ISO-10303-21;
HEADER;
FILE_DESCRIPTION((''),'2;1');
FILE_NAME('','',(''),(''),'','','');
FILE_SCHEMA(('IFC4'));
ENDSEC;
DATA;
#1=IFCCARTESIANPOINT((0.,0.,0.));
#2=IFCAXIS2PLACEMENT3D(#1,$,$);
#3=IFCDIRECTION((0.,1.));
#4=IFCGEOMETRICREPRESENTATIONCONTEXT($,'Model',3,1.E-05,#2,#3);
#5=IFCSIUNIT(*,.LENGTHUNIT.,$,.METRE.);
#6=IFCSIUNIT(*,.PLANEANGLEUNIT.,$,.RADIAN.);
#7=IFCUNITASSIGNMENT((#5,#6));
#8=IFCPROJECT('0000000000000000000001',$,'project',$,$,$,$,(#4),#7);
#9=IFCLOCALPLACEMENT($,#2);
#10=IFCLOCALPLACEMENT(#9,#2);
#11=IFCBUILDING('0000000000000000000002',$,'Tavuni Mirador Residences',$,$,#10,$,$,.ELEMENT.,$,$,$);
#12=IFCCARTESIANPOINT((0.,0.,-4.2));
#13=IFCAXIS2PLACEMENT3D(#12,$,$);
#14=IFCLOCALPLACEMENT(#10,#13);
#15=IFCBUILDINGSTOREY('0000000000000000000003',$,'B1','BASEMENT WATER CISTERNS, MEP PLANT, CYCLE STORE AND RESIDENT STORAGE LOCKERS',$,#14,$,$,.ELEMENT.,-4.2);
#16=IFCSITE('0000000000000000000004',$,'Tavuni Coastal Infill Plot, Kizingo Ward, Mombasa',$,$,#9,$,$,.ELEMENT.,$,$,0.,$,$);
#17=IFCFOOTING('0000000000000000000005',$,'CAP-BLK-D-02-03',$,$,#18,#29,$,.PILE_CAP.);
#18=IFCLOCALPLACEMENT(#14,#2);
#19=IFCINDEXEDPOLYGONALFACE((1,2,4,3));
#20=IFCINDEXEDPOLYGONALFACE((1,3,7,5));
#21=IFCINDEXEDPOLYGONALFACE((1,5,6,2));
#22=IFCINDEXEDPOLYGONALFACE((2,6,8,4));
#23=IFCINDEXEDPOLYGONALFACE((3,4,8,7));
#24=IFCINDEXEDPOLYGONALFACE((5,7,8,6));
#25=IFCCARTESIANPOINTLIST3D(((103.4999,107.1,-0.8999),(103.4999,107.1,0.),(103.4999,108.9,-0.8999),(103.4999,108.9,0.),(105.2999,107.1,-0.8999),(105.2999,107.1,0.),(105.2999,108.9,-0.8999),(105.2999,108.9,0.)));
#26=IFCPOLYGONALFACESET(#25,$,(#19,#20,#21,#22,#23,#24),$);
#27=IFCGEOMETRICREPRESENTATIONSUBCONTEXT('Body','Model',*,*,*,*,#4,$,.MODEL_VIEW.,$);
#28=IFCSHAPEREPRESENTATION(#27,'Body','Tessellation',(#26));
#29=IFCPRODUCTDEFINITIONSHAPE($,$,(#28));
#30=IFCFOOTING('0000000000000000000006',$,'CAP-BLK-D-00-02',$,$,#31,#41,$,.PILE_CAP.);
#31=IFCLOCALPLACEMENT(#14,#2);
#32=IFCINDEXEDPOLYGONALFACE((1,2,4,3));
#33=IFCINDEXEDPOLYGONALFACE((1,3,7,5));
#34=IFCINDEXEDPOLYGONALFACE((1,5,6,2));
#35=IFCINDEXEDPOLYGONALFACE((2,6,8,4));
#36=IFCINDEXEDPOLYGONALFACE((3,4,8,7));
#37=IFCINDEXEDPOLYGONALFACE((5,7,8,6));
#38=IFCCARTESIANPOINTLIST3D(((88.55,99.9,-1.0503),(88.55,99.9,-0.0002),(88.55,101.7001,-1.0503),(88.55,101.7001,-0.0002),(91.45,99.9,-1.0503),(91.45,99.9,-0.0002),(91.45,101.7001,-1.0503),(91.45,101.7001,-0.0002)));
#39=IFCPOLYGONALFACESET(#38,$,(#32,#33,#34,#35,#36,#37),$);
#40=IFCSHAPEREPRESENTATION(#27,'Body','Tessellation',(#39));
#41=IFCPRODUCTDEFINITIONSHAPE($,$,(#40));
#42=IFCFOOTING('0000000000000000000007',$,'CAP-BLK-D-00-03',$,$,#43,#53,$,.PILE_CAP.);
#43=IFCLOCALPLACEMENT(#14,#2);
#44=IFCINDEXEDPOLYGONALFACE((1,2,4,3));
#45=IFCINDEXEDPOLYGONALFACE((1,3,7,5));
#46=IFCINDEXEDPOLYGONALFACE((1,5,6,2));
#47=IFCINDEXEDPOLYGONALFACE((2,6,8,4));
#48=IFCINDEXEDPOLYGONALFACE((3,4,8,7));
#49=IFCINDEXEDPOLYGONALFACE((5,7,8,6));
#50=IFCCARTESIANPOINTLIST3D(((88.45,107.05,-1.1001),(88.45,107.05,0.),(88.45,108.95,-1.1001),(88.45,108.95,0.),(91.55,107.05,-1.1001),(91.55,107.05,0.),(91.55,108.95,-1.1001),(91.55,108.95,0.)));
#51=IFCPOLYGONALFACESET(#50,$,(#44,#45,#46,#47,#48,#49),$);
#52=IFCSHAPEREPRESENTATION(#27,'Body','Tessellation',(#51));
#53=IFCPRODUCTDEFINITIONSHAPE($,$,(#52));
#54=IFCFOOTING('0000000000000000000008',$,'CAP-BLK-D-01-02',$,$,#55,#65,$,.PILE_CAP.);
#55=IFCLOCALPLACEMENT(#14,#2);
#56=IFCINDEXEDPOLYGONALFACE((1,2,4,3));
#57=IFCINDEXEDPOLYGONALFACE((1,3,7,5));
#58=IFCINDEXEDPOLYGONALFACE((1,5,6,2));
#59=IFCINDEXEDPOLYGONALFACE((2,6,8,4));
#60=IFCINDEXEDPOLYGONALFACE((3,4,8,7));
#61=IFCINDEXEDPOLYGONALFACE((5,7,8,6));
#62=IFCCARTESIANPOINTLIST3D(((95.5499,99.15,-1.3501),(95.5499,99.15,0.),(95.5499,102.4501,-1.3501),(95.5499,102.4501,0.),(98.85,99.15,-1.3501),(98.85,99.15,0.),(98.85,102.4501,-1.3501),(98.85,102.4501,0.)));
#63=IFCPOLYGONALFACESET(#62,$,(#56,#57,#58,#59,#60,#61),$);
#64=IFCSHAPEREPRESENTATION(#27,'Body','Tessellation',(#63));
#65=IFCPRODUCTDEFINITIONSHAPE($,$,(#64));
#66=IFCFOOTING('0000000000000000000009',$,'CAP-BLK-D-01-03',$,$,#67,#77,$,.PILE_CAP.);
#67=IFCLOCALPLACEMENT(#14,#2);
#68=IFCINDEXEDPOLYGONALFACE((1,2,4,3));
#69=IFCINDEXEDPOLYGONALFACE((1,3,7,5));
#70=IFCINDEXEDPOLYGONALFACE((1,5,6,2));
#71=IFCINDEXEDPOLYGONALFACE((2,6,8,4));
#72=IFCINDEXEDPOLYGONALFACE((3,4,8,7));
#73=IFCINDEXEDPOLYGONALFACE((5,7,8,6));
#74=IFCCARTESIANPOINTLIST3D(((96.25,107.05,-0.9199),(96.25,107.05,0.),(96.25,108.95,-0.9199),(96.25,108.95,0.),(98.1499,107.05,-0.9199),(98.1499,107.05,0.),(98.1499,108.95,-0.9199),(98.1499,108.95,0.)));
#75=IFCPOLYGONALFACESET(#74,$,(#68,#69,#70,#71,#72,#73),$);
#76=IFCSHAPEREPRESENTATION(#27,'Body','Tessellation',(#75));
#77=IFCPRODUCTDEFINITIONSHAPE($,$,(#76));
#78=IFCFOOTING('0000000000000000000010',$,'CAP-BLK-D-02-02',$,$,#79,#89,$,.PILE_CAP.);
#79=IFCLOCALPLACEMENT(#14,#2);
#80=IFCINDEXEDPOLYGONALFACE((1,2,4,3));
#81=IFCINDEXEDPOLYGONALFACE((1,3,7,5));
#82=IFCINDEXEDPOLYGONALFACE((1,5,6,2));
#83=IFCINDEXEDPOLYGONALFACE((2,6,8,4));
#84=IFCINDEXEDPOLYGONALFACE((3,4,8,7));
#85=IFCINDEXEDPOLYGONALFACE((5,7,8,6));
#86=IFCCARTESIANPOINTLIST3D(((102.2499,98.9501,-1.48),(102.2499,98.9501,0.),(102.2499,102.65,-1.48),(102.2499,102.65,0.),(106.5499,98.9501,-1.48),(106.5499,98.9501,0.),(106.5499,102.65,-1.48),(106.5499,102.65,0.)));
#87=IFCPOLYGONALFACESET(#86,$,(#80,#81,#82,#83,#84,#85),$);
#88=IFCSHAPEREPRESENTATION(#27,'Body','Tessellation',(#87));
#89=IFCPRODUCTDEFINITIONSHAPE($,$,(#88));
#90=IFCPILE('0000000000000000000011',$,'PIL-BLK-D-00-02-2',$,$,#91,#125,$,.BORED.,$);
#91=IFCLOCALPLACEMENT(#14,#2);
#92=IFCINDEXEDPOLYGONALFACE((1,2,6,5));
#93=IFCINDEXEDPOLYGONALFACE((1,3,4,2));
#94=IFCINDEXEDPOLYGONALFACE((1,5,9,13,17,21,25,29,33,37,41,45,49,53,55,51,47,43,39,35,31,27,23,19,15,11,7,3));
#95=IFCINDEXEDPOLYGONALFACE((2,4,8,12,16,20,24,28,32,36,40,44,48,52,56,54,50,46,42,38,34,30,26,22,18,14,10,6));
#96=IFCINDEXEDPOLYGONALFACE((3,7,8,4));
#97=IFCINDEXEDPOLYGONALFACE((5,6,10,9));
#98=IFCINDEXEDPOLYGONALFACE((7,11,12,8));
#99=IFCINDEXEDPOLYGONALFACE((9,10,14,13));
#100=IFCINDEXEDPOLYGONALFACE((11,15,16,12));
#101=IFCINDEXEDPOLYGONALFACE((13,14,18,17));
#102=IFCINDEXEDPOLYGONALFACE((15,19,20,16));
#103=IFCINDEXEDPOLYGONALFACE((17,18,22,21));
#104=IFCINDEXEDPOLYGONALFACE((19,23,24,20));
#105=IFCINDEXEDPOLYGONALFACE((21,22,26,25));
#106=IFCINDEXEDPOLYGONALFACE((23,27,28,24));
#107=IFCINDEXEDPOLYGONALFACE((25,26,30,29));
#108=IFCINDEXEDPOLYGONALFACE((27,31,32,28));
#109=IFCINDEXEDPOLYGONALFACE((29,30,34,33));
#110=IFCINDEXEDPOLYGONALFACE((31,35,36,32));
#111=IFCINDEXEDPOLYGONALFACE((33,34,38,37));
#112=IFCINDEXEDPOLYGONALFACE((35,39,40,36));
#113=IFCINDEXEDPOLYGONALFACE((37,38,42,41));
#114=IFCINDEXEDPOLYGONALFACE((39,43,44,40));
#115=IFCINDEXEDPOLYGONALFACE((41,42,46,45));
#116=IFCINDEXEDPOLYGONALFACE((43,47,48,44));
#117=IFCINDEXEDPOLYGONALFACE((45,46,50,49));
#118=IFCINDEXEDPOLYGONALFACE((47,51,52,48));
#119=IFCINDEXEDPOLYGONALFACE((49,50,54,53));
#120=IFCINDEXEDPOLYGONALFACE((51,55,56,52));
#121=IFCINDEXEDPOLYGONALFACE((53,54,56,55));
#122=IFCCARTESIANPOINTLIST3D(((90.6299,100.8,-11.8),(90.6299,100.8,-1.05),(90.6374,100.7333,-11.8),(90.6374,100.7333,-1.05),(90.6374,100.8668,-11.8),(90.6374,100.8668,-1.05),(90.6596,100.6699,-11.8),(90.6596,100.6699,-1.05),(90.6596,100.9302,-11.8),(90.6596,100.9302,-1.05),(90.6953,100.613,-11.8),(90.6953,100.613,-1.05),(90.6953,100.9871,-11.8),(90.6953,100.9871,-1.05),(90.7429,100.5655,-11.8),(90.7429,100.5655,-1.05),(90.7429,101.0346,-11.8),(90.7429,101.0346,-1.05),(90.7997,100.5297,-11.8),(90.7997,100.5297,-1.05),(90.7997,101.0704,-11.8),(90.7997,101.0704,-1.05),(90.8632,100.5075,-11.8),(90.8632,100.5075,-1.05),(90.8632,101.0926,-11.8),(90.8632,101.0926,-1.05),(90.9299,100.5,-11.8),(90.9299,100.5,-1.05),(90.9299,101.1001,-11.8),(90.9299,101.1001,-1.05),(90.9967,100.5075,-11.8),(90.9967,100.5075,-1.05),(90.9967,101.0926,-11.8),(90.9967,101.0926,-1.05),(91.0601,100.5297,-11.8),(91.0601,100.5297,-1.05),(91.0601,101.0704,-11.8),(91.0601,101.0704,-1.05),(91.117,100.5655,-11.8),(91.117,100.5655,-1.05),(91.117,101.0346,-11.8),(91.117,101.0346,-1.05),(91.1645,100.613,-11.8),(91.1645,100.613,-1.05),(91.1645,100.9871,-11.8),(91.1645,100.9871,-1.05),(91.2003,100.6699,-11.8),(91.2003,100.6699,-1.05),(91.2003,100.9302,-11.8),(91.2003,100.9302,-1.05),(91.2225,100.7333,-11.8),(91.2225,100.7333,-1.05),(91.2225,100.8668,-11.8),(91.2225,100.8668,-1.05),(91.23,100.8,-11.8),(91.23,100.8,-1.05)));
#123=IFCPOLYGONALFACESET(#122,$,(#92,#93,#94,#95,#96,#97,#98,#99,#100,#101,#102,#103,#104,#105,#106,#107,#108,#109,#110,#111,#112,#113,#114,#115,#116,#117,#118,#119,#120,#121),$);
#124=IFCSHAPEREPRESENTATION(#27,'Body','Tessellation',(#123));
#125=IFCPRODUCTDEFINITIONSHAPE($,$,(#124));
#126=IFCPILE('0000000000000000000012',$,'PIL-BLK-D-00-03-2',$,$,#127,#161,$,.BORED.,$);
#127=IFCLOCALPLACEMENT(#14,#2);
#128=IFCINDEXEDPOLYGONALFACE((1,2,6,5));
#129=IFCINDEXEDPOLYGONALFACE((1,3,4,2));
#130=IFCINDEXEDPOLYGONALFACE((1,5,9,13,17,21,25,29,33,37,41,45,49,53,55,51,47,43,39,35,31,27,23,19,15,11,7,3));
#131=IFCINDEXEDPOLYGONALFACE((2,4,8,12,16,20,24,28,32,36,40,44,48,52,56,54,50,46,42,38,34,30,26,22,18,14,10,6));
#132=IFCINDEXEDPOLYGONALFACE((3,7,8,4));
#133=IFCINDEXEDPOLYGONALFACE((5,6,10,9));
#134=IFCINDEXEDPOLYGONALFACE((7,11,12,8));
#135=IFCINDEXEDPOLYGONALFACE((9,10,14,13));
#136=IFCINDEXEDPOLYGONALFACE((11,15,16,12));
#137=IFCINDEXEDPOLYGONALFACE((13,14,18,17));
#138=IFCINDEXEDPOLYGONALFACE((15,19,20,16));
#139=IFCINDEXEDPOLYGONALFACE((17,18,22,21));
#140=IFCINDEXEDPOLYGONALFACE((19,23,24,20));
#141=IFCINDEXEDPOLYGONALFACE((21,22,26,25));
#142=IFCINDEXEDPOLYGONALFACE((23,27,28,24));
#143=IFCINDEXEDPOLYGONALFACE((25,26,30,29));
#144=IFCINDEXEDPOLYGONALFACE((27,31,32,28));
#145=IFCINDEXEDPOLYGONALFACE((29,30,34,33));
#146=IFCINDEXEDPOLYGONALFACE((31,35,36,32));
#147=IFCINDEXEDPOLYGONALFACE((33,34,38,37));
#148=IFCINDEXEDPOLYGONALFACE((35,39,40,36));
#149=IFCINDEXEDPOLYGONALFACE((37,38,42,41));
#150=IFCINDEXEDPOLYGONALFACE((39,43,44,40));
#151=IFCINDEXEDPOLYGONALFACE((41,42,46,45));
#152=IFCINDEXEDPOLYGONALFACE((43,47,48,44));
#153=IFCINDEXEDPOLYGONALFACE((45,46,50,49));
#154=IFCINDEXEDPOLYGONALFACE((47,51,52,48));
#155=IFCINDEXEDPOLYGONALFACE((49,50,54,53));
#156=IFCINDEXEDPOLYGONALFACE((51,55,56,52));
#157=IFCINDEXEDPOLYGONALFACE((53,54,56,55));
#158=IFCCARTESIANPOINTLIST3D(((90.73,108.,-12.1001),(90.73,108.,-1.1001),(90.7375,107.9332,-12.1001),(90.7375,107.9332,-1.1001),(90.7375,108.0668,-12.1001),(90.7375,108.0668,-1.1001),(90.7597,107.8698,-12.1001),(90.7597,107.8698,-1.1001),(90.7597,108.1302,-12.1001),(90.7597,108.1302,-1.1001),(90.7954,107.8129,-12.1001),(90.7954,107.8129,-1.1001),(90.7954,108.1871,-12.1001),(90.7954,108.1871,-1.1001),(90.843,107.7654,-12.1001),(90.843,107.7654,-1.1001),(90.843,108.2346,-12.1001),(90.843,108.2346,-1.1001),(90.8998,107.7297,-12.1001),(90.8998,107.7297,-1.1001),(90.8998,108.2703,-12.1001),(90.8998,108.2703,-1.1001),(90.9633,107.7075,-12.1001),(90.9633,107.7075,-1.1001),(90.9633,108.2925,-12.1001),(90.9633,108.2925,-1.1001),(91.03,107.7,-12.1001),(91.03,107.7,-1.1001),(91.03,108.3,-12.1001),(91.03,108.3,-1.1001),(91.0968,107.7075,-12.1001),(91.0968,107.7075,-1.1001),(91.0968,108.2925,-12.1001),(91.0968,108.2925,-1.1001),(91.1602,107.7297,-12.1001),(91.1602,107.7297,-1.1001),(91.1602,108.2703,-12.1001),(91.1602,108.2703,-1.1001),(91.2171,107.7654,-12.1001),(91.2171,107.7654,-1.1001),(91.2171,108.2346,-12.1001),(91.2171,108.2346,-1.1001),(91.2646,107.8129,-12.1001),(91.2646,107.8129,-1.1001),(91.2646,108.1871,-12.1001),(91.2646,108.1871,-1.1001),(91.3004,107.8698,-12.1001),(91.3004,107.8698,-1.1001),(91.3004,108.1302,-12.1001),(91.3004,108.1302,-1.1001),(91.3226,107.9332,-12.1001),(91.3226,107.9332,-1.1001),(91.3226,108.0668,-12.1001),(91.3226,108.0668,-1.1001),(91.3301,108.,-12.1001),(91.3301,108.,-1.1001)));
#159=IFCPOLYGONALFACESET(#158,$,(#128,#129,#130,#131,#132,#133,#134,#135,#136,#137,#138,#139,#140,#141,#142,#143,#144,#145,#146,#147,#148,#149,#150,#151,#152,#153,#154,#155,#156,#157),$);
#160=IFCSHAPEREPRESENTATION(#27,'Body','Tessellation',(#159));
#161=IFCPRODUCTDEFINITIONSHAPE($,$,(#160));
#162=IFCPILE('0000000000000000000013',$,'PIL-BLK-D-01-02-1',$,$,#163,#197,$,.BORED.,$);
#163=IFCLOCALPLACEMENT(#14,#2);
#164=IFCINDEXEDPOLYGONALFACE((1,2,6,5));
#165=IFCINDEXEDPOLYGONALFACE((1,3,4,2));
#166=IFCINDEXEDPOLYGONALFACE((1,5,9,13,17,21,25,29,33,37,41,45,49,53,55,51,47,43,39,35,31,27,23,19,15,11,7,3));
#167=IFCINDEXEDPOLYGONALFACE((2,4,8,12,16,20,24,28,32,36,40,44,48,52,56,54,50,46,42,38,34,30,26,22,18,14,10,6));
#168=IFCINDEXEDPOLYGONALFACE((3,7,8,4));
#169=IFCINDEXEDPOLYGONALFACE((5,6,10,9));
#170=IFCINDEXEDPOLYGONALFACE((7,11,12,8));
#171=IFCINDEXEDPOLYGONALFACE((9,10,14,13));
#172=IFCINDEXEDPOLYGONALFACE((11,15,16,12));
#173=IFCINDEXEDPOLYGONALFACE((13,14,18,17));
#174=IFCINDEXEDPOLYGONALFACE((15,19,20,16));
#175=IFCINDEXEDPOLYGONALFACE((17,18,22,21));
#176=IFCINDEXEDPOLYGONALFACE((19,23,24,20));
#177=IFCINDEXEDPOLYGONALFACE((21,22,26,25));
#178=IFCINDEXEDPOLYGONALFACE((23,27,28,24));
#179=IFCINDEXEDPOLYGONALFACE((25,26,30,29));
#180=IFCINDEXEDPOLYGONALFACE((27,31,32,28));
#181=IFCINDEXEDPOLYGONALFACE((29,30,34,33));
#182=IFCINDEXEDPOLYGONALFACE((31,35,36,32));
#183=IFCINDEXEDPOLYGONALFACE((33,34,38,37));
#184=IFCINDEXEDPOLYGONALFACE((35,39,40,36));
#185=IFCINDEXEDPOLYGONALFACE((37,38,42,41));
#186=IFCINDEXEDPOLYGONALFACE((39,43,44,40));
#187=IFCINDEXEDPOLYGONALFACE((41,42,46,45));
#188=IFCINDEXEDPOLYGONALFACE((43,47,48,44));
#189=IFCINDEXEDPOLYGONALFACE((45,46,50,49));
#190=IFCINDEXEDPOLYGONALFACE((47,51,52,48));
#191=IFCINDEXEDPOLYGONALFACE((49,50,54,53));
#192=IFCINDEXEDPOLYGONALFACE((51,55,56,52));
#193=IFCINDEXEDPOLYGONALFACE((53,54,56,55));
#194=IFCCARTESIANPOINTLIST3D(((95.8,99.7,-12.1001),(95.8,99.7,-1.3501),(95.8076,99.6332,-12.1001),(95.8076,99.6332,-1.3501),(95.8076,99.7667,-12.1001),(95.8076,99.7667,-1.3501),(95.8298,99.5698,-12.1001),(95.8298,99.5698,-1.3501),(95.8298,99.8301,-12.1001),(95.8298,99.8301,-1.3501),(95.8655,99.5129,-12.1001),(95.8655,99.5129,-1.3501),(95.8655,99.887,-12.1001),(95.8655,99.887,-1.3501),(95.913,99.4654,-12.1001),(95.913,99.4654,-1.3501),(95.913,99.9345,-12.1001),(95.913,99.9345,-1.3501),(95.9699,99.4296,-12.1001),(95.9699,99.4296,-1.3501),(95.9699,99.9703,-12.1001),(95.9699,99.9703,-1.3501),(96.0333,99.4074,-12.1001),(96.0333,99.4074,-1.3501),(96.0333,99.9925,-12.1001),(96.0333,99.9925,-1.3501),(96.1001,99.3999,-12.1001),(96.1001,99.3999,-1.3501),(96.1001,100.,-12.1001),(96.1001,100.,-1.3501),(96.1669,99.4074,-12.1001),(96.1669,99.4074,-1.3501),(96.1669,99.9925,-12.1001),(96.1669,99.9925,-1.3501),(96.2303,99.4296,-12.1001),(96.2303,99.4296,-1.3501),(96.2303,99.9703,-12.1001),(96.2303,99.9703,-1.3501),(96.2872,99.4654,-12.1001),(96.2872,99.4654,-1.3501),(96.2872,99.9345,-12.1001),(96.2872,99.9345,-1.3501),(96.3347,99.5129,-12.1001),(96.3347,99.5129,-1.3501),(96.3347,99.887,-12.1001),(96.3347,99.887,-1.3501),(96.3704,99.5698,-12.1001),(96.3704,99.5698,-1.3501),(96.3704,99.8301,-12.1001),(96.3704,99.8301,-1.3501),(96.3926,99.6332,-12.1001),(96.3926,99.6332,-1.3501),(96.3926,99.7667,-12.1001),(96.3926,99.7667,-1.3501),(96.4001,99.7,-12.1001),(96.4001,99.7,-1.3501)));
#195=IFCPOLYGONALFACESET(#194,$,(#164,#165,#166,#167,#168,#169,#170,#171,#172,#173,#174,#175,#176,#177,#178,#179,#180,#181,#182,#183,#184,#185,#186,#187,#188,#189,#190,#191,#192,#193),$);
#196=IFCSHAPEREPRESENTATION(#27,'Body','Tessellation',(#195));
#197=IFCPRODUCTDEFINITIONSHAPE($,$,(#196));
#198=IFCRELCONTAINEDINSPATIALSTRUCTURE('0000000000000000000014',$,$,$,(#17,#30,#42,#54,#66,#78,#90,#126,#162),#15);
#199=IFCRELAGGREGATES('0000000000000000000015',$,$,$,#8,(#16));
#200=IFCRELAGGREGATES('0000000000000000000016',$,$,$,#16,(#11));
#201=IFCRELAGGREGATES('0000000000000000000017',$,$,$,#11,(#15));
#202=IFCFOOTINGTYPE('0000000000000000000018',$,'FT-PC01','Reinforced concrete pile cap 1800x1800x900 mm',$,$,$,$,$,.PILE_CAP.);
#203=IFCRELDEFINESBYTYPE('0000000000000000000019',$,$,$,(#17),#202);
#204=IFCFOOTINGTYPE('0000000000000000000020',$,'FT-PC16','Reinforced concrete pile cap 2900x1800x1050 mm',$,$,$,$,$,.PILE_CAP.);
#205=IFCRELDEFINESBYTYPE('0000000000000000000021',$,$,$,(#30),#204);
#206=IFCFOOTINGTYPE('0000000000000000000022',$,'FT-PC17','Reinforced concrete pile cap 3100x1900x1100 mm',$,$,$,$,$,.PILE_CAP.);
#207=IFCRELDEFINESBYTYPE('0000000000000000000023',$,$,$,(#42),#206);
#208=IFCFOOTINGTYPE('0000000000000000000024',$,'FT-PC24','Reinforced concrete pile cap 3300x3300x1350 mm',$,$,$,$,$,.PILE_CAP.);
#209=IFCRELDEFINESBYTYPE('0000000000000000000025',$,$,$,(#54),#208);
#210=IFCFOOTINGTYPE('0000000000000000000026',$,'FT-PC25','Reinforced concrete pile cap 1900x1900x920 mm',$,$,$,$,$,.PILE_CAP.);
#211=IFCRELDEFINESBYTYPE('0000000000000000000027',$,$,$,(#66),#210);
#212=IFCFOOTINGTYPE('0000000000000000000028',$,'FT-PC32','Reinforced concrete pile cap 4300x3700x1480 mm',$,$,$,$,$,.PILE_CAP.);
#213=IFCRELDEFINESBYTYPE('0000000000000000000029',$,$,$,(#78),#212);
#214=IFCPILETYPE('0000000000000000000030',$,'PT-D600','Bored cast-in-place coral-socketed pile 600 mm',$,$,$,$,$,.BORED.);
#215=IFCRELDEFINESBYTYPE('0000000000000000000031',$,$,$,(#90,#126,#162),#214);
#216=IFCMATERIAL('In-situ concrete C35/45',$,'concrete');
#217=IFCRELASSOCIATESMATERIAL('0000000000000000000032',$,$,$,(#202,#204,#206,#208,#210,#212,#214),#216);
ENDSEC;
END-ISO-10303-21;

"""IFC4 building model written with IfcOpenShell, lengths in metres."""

from ifc_helpers import new_model, si_unit, direction, frame, origin, origin_2d, place, context, subcontext, project, spatial, rectangle, circle, extrude, material, material_profile, profile_set, type_object, element, save


model = new_model("IFC4")

# Units and contexts
model_context = context("Model", 3, precision=1e-05, world=origin(), true_north=direction((0.0, 1.0)))
body_context = subcontext(model_context, "Body", "Model", "MODEL_VIEW")
ifc_project = project(units=[si_unit("LENGTHUNIT", "METRE"), si_unit("PLANEANGLEUNIT", "RADIAN")], contexts=[model_context])

# Site, building, storey
site_placement = place(None, origin())
site = spatial("IfcSite", under=ifc_project, at=site_placement, Name="Tavuni Coastal Infill Plot, Kizingo Ward, Mombasa", CompositionType="ELEMENT", RefElevation=0.0)
building_placement = place(site_placement, origin())
building = spatial("IfcBuilding", under=site, at=building_placement, Name="Tavuni Mirador Residences", CompositionType="ELEMENT")
storey_placement = place(building_placement, frame((0.0, 0.0, -4.2)))
storey = spatial("IfcBuildingStorey", under=building, at=storey_placement, Name="B1", Description="BASEMENT WATER CISTERNS, MEP PLANT, CYCLE STORE AND RESIDENT STORAGE LOCKERS", CompositionType="ELEMENT", Elevation=-4.2)

# Footings
ifc_material_1 = material(Name="In-situ concrete C35/45", Category="concrete")
footing_type_1 = type_object("IfcFootingType", Name="FT-PC01", Description="Reinforced concrete pile cap 1800x1800x900 mm", PredefinedType="PILE_CAP", material=ifc_material_1)
footing_1_placement = place(storey_placement, frame((104.3999, 108.0, -0.8999), z_axis=(0.0, 0.0, 1.0), x_axis=(1.0, 0.0, 0.0)))
element("IfcFooting", 1, at=footing_1_placement, inside=storey, type_object=footing_type_1, Name="CAP-BLK-D-02-03", PredefinedType="PILE_CAP", context=body_context, shape_type="SweptSolid", body=[
    extrude(rectangle(XDim=1.8, YDim=1.8, at=origin_2d()), origin(), (0.0, 0.0, 1.0), 0.8999),
])
footing_type_2 = type_object("IfcFootingType", Name="FT-PC16", Description="Reinforced concrete pile cap 2900x1800x1050 mm", PredefinedType="PILE_CAP", material=ifc_material_1)
footing_2_placement = place(storey_placement, frame((90.0, 100.8, -1.0503), z_axis=(0.0, 0.0, 1.0), x_axis=(1.0, 0.0, 0.0)))
element("IfcFooting", 2, at=footing_2_placement, inside=storey, type_object=footing_type_2, Name="CAP-BLK-D-00-02", PredefinedType="PILE_CAP", context=body_context, shape_type="SweptSolid", body=[
    extrude(rectangle(XDim=2.8999, YDim=1.8, at=origin_2d()), origin(), (0.0, 0.0, 1.0), 1.05),
])
footing_type_3 = type_object("IfcFootingType", Name="FT-PC17", Description="Reinforced concrete pile cap 3100x1900x1100 mm", PredefinedType="PILE_CAP", material=ifc_material_1)
footing_3_placement = place(storey_placement, frame((90.0, 108.0, -1.1001), z_axis=(0.0, 0.0, 1.0), x_axis=(1.0, 0.0, 0.0)))
element("IfcFooting", 3, at=footing_3_placement, inside=storey, type_object=footing_type_3, Name="CAP-BLK-D-00-03", PredefinedType="PILE_CAP", context=body_context, shape_type="SweptSolid", body=[
    extrude(rectangle(XDim=3.1001, YDim=1.8999, at=origin_2d()), origin(), (0.0, 0.0, 1.0), 1.1001),
])
footing_type_4 = type_object("IfcFootingType", Name="FT-PC24", Description="Reinforced concrete pile cap 3300x3300x1350 mm", PredefinedType="PILE_CAP", material=ifc_material_1)
footing_4_placement = place(storey_placement, frame((97.2, 100.8, -1.3501), z_axis=(0.0, 0.0, 1.0), x_axis=(1.0, 0.0, 0.0)))
element("IfcFooting", 4, at=footing_4_placement, inside=storey, type_object=footing_type_4, Name="CAP-BLK-D-01-02", PredefinedType="PILE_CAP", context=body_context, shape_type="SweptSolid", body=[
    extrude(rectangle(XDim=3.3, YDim=3.3, at=origin_2d()), origin(), (0.0, 0.0, 1.0), 1.3501),
])
footing_type_5 = type_object("IfcFootingType", Name="FT-PC25", Description="Reinforced concrete pile cap 1900x1900x920 mm", PredefinedType="PILE_CAP", material=ifc_material_1)
footing_5_placement = place(storey_placement, frame((97.2, 108.0, -0.9199), z_axis=(0.0, 0.0, 1.0), x_axis=(1.0, 0.0, 0.0)))
element("IfcFooting", 5, at=footing_5_placement, inside=storey, type_object=footing_type_5, Name="CAP-BLK-D-01-03", PredefinedType="PILE_CAP", context=body_context, shape_type="SweptSolid", body=[
    extrude(rectangle(XDim=1.8999, YDim=1.8999, at=origin_2d()), origin(), (0.0, 0.0, 1.0), 0.9199),
])
footing_type_6 = type_object("IfcFootingType", Name="FT-PC32", Description="Reinforced concrete pile cap 4300x3700x1480 mm", PredefinedType="PILE_CAP", material=ifc_material_1)
footing_6_placement = place(storey_placement, frame((104.3999, 100.8, -1.48), z_axis=(0.0, 0.0, 1.0), x_axis=(1.0, 0.0, 0.0)))
element("IfcFooting", 6, at=footing_6_placement, inside=storey, type_object=footing_type_6, Name="CAP-BLK-D-02-02", PredefinedType="PILE_CAP", context=body_context, shape_type="SweptSolid", body=[
    extrude(rectangle(XDim=4.3, YDim=3.7, at=origin_2d()), origin(), (0.0, 0.0, 1.0), 1.48),
])

# Piles
ifc_material_profile_1 = material_profile(ifc_material_1, circle(Radius=0.3, at=origin_2d()), Name="PILE D600", Category="concrete")
ifc_profile_set_1 = profile_set([ifc_material_profile_1], Name="In-situ concrete C35/45")
pile_type_1 = type_object("IfcPileType", Name="PT-D600", Description="Bored cast-in-place coral-socketed pile 600 mm", PredefinedType="BORED", material=ifc_profile_set_1)
pile_1_placement = place(storey_placement, frame((90.9299, 100.8, -1.05), z_axis=(0.0, 0.0, -1.0), x_axis=(1.0, 0.0, 0.0)))
element("IfcPile", 7, at=pile_1_placement, inside=storey, type_object=pile_type_1, Name="PIL-BLK-D-00-02-2", PredefinedType="BORED", context=body_context, shape_type="SweptSolid", body=[
    extrude(circle(Radius=0.3, at=origin_2d()), origin(), (0.0, 0.0, 1.0), 10.75),
])
pile_2_placement = place(storey_placement, frame((91.03, 108.0, -1.1001), z_axis=(0.0, 0.0, -1.0), x_axis=(1.0, 0.0, 0.0)))
element("IfcPile", 8, at=pile_2_placement, inside=storey, type_object=pile_type_1, Name="PIL-BLK-D-00-03-2", PredefinedType="BORED", context=body_context, shape_type="SweptSolid", body=[
    extrude(circle(Radius=0.3, at=origin_2d()), origin(), (0.0, 0.0, 1.0), 11.0),
])
for number, where, z_axis, x_axis, name in (
    (9, (96.1001, 99.7, -1.3501), (0.0, 0.0, -1.0), (1.0, 0.0, 0.0), "PIL-BLK-D-01-02-1"),
):
    element("IfcPile", number, at=place(storey_placement, frame(where, z_axis=z_axis, x_axis=x_axis)), inside=storey, type_object=pile_type_1, Name=name, PredefinedType="BORED", context=body_context, shape_type="SweptSolid", body=[
        extrude(circle(Radius=0.3, at=origin_2d()), origin(), (0.0, 0.0, 1.0), 10.75),
    ])

save(model, "model.ifc")
